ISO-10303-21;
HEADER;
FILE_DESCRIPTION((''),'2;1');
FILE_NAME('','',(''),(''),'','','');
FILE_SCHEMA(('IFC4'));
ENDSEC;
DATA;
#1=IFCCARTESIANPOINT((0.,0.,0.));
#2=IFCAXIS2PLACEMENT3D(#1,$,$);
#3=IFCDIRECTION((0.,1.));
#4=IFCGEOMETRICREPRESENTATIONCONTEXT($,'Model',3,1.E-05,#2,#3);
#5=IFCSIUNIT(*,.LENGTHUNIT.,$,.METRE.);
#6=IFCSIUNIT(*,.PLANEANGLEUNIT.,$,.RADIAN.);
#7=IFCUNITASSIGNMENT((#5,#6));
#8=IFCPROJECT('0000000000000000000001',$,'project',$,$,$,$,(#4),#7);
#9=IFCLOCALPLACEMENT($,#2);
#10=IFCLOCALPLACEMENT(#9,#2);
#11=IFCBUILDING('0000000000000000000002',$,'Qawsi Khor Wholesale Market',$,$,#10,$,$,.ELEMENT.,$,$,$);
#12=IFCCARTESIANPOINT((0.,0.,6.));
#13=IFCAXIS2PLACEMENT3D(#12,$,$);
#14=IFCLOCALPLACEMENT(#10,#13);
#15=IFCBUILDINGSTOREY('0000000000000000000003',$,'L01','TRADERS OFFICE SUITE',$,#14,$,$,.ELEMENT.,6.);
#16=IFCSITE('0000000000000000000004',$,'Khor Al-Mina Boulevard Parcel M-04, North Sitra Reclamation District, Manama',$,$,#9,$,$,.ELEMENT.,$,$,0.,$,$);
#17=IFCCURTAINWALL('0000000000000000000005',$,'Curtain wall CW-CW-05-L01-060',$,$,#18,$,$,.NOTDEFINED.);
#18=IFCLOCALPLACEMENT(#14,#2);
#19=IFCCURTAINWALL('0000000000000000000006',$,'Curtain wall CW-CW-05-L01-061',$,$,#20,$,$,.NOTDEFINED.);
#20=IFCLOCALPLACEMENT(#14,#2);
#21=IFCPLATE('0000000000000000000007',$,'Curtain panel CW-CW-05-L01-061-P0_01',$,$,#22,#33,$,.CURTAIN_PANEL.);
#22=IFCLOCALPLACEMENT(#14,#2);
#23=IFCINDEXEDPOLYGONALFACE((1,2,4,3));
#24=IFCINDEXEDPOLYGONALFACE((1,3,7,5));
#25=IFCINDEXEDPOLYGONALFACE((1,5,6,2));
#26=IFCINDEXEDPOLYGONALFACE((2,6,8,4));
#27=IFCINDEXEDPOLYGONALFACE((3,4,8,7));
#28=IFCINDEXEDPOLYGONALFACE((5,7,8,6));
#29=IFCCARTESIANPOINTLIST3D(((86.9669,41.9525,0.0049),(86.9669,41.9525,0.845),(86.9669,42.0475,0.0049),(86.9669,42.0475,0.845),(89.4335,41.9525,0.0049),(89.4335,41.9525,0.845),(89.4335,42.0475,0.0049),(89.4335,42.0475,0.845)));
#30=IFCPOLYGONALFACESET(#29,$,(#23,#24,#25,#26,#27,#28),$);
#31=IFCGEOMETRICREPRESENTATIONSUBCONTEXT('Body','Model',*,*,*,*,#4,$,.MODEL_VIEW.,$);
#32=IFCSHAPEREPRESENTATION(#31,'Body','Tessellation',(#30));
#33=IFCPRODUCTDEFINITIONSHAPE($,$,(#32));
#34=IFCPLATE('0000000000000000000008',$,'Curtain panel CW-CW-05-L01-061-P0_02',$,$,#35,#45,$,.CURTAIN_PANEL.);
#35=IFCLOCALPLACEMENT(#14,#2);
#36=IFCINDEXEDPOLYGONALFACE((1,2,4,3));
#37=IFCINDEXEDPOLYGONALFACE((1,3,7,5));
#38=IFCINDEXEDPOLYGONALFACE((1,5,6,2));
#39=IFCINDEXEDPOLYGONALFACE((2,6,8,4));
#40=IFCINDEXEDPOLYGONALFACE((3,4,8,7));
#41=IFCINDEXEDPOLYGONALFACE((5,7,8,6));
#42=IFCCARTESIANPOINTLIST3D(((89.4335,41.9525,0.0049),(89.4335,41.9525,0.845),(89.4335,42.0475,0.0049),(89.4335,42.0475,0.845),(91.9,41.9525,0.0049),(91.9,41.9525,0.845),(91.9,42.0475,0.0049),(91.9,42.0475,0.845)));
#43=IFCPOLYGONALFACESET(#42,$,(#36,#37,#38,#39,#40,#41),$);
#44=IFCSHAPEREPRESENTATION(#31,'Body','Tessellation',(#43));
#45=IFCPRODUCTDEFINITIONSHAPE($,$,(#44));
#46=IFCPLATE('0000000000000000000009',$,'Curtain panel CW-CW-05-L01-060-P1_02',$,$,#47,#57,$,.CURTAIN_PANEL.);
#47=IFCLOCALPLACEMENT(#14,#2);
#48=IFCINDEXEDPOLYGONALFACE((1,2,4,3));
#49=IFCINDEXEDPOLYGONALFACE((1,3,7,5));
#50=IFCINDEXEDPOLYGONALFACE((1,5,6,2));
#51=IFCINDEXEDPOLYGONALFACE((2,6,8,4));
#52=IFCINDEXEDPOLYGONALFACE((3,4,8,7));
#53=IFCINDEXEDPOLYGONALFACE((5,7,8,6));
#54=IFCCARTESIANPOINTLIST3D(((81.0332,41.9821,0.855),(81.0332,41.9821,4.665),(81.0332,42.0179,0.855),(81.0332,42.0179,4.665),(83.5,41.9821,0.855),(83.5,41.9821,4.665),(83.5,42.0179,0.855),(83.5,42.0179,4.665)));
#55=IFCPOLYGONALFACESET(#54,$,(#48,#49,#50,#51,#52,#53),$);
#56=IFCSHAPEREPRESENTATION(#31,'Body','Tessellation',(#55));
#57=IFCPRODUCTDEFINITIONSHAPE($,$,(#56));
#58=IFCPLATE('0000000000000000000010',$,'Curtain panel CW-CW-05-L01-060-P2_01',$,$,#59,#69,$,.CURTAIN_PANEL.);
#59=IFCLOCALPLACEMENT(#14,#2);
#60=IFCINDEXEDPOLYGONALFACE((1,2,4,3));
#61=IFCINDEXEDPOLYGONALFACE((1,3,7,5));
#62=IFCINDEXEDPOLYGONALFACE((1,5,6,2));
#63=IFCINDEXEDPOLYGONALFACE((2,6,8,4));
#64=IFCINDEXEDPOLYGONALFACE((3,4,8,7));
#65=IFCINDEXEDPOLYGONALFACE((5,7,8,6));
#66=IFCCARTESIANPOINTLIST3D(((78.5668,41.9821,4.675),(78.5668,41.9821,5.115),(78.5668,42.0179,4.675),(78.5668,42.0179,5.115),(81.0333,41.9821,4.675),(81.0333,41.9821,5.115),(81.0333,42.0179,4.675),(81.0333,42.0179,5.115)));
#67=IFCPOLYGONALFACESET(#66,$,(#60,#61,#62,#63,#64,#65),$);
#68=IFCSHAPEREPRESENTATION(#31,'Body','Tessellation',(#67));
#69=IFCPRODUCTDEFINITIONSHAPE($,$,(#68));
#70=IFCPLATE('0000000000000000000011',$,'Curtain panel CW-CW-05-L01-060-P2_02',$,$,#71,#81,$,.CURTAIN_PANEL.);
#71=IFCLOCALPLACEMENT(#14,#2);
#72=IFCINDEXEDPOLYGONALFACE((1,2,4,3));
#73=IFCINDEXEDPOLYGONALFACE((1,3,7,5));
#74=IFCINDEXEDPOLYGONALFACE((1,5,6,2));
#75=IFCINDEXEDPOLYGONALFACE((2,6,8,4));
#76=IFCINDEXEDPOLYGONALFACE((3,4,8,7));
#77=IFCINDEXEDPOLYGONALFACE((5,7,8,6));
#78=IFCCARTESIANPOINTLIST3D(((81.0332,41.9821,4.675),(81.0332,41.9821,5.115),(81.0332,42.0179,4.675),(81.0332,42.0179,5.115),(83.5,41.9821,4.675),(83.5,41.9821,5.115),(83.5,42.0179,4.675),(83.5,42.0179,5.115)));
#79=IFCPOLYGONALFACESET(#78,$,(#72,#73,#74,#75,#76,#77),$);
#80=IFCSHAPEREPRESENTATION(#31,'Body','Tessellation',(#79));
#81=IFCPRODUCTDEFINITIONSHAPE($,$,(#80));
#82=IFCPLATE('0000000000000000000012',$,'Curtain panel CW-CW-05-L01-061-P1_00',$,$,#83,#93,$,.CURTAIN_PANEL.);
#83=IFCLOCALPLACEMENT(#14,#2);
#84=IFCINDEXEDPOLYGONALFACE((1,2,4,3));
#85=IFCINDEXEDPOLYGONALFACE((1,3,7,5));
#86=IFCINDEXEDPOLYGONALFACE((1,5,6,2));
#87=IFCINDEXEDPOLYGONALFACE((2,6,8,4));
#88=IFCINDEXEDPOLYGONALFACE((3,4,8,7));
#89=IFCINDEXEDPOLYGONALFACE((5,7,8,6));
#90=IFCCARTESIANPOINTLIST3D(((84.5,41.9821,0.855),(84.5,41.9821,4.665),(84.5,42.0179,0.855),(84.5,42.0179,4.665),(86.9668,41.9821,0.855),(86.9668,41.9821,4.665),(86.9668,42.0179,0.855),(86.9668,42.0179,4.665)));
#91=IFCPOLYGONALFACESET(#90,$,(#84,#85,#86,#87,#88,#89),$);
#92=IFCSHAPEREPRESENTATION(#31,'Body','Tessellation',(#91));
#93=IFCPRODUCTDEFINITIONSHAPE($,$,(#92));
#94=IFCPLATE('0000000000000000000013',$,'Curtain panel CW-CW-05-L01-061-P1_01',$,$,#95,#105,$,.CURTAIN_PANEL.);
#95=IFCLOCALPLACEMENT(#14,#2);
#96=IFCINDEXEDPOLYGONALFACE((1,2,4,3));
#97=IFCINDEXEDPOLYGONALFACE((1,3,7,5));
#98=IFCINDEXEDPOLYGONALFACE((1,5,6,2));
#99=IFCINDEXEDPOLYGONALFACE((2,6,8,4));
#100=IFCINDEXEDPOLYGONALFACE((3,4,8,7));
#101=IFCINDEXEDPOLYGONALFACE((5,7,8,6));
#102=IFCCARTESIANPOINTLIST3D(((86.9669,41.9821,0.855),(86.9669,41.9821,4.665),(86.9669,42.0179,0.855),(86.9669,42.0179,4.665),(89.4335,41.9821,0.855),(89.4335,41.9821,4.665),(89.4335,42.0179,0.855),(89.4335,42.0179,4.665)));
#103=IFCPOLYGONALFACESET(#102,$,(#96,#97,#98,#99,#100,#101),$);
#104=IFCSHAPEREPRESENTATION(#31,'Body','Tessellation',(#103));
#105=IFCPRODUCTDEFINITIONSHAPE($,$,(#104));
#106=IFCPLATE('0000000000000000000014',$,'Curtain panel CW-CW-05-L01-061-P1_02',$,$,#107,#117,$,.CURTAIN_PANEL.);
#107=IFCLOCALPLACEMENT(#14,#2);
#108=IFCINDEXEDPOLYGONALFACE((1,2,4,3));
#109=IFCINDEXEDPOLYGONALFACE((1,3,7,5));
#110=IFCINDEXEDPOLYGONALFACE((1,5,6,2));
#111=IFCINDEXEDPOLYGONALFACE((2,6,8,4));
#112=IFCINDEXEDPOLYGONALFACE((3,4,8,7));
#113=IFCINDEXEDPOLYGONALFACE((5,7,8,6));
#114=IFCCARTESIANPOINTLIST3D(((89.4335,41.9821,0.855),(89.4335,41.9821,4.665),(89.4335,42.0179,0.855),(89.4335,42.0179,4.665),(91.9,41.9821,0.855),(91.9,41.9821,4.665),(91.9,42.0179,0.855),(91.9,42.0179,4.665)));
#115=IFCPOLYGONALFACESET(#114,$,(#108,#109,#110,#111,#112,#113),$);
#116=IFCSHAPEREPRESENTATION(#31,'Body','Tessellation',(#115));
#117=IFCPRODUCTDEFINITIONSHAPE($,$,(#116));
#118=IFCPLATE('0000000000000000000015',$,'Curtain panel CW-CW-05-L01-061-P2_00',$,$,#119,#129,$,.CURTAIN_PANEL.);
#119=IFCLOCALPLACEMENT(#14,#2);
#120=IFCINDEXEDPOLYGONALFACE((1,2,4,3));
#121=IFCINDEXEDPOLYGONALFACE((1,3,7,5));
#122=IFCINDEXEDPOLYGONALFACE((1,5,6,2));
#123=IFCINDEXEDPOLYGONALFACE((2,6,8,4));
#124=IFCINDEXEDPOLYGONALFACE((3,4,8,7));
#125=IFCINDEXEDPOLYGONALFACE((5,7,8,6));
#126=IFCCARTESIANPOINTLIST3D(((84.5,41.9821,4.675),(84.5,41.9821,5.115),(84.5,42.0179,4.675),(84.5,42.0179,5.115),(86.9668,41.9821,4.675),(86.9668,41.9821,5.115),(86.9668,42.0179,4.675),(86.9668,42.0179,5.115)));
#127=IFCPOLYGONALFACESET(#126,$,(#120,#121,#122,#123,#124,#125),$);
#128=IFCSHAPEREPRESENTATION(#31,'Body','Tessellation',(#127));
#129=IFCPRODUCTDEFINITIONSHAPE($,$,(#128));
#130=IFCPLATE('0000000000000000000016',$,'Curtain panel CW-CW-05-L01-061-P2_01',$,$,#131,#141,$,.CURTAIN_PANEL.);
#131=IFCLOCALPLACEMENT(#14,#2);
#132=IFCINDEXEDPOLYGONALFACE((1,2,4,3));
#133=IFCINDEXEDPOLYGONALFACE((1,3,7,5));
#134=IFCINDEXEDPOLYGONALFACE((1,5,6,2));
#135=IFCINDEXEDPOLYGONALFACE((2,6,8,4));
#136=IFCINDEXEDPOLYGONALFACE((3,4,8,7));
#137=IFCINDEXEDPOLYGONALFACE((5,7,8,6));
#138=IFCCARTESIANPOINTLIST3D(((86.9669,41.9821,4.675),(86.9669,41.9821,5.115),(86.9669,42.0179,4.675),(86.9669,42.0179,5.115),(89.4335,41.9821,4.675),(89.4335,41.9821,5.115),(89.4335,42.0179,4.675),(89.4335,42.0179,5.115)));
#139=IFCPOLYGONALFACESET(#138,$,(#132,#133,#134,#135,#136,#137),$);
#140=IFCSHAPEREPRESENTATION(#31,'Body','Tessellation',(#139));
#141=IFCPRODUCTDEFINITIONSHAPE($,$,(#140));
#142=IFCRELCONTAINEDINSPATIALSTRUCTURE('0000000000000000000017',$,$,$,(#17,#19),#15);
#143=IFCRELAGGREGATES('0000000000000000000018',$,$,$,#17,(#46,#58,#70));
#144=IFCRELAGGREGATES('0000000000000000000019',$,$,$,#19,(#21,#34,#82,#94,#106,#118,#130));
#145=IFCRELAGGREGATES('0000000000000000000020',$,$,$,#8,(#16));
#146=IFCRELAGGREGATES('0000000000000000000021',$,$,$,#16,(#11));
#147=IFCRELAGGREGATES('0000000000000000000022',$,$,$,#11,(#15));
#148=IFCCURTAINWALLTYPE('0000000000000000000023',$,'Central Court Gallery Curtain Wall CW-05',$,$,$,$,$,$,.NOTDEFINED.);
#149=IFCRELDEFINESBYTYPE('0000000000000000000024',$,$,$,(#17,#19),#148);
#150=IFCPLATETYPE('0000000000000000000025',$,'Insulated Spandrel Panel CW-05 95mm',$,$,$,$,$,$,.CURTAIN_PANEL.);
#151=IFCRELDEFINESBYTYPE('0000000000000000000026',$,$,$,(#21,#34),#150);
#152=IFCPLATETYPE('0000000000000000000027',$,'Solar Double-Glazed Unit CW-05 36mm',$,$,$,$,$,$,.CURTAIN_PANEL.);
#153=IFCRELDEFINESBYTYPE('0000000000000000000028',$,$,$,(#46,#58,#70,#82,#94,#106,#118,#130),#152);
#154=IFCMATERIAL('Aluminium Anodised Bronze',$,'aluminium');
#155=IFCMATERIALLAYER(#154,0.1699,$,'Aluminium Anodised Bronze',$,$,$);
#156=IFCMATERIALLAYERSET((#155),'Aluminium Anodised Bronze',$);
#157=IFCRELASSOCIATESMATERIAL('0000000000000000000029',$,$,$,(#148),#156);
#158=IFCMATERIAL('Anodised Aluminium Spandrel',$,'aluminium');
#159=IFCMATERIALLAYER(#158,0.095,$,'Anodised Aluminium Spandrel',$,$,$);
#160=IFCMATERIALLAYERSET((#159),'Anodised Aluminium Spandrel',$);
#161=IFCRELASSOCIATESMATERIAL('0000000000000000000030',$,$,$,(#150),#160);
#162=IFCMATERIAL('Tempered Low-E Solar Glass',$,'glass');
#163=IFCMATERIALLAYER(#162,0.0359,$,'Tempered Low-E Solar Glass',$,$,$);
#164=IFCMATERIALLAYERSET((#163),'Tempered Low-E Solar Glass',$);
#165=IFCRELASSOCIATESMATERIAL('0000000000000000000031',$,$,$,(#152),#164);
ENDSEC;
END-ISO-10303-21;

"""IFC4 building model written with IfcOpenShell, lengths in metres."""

from ifc_helpers import new_model, si_unit, direction, frame, frame_2d, origin, place, context, subcontext, project, spatial, rectangle, extrude, material, layer, layer_set, type_object, element, aggregate, save


model = new_model("IFC4")

# Units and contexts
model_context = context("Model", 3, precision=1e-05, world=origin(), true_north=direction((0.0, 1.0)))
body_context = subcontext(model_context, "Body", "Model", "MODEL_VIEW")
ifc_project = project(units=[si_unit("LENGTHUNIT", "METRE"), si_unit("PLANEANGLEUNIT", "RADIAN")], contexts=[model_context])

# Site, building, storey
site_placement = place(None, origin())
site = spatial("IfcSite", under=ifc_project, at=site_placement, Name="Khor Al-Mina Boulevard Parcel M-04, North Sitra Reclamation District, Manama", CompositionType="ELEMENT", RefElevation=0.0)
building_placement = place(site_placement, origin())
building = spatial("IfcBuilding", under=site, at=building_placement, Name="Qawsi Khor Wholesale Market", CompositionType="ELEMENT")
storey_placement = place(building_placement, frame((0.0, 0.0, 6.0)))
storey = spatial("IfcBuildingStorey", under=building, at=storey_placement, Name="L01", Description="TRADERS OFFICE SUITE", CompositionType="ELEMENT", Elevation=6.0)

# Curtain walls
ifc_material_1 = material(Name="Aluminium Anodised Bronze", Category="aluminium")
ifc_layer_1 = layer(ifc_material_1, 0.1699, Name="Aluminium Anodised Bronze")
ifc_layer_set_1 = layer_set([ifc_layer_1], Name="Aluminium Anodised Bronze")
curtain_wall_type = type_object("IfcCurtainWallType", Name="Central Court Gallery Curtain Wall CW-05", PredefinedType="NOTDEFINED", material=ifc_layer_set_1)
curtain_wall_1_placement = place(storey_placement, origin())
curtain_wall_1 = element("IfcCurtainWall", 1, at=curtain_wall_1_placement, inside=storey, type_object=curtain_wall_type, Name="Curtain wall CW-CW-05-L01-060", PredefinedType="NOTDEFINED")
curtain_wall_2_placement = place(storey_placement, origin())
curtain_wall_2 = element("IfcCurtainWall", 2, at=curtain_wall_2_placement, inside=storey, type_object=curtain_wall_type, Name="Curtain wall CW-CW-05-L01-061", PredefinedType="NOTDEFINED")

# Plates
ifc_material_2 = material(Name="Anodised Aluminium Spandrel", Category="aluminium")
ifc_layer_2 = layer(ifc_material_2, 0.095, Name="Anodised Aluminium Spandrel")
ifc_layer_set_2 = layer_set([ifc_layer_2], Name="Anodised Aluminium Spandrel")
plate_type_1 = type_object("IfcPlateType", Name="Insulated Spandrel Panel CW-05 95mm", PredefinedType="CURTAIN_PANEL", material=ifc_layer_set_2)
plate_1_placement = place(storey_placement, frame((86.9668, 42.0, 0.0049), z_axis=(0.0, 0.0, 1.0), x_axis=(1.0, 0.0, 0.0)))
plate_1 = element("IfcPlate", 3, at=plate_1_placement, type_object=plate_type_1, Name="Curtain panel CW-CW-05-L01-061-P0_01", PredefinedType="CURTAIN_PANEL", context=body_context, shape_type="SweptSolid", body=[
    extrude(rectangle(XDim=2.4666, YDim=0.095, at=frame_2d((1.2334, 0.0))), origin(), (0.0, 0.0, 1.0), 0.8401),
])
plate_2_placement = place(storey_placement, frame((89.4333, 42.0, 0.0049), z_axis=(0.0, 0.0, 1.0), x_axis=(1.0, 0.0, 0.0)))
plate_2 = element("IfcPlate", 4, at=plate_2_placement, type_object=plate_type_1, Name="Curtain panel CW-CW-05-L01-061-P0_02", PredefinedType="CURTAIN_PANEL", context=body_context, shape_type="SweptSolid", body=[
    extrude(rectangle(XDim=2.4666, YDim=0.095, at=frame_2d((1.2334, 0.0))), origin(), (0.0, 0.0, 1.0), 0.8401),
])
ifc_material_3 = material(Name="Tempered Low-E Solar Glass", Category="glass")
ifc_layer_3 = layer(ifc_material_3, 0.0359, Name="Tempered Low-E Solar Glass")
ifc_layer_set_3 = layer_set([ifc_layer_3], Name="Tempered Low-E Solar Glass")
plate_type_2 = type_object("IfcPlateType", Name="Solar Double-Glazed Unit CW-05 36mm", PredefinedType="CURTAIN_PANEL", material=ifc_layer_set_3)
plate_3_placement = place(storey_placement, frame((81.0332, 42.0, 0.855), z_axis=(0.0, 0.0, 1.0), x_axis=(1.0, 0.0, 0.0)))
plate_3 = element("IfcPlate", 5, at=plate_3_placement, type_object=plate_type_2, Name="Curtain panel CW-CW-05-L01-060-P1_02", PredefinedType="CURTAIN_PANEL", context=body_context, shape_type="SweptSolid", body=[
    extrude(rectangle(XDim=2.4668, YDim=0.0359, at=frame_2d((1.2334, 0.0))), origin(), (0.0, 0.0, 1.0), 3.8101),
])
plate_4_placement = place(storey_placement, frame((78.5667, 42.0, 4.675), z_axis=(0.0, 0.0, 1.0), x_axis=(1.0, 0.0, 0.0)))
plate_4 = element("IfcPlate", 6, at=plate_4_placement, type_object=plate_type_2, Name="Curtain panel CW-CW-05-L01-060-P2_01", PredefinedType="CURTAIN_PANEL", context=body_context, shape_type="SweptSolid", body=[
    extrude(rectangle(XDim=2.4666, YDim=0.0359, at=frame_2d((1.2334, 0.0))), origin(), (0.0, 0.0, 1.0), 0.4399),
])
plate_5_placement = place(storey_placement, frame((81.0332, 42.0, 4.675), z_axis=(0.0, 0.0, 1.0), x_axis=(1.0, 0.0, 0.0)))
plate_5 = element("IfcPlate", 7, at=plate_5_placement, type_object=plate_type_2, Name="Curtain panel CW-CW-05-L01-060-P2_02", PredefinedType="CURTAIN_PANEL", context=body_context, shape_type="SweptSolid", body=[
    extrude(rectangle(XDim=2.4668, YDim=0.0359, at=frame_2d((1.2334, 0.0))), origin(), (0.0, 0.0, 1.0), 0.4399),
])
aggregate(curtain_wall_1, [plate_3, plate_4, plate_5])
plate_6_placement = place(storey_placement, frame((84.5, 42.0, 0.855), z_axis=(0.0, 0.0, 1.0), x_axis=(1.0, 0.0, 0.0)))
plate_6 = element("IfcPlate", 8, at=plate_6_placement, type_object=plate_type_2, Name="Curtain panel CW-CW-05-L01-061-P1_00", PredefinedType="CURTAIN_PANEL", context=body_context, shape_type="SweptSolid", body=[
    extrude(rectangle(XDim=2.4668, YDim=0.0359, at=frame_2d((1.2334, 0.0))), origin(), (0.0, 0.0, 1.0), 3.8101),
])
plate_7_placement = place(storey_placement, frame((86.9668, 42.0, 0.855), z_axis=(0.0, 0.0, 1.0), x_axis=(1.0, 0.0, 0.0)))
plate_7 = element("IfcPlate", 9, at=plate_7_placement, type_object=plate_type_2, Name="Curtain panel CW-CW-05-L01-061-P1_01", PredefinedType="CURTAIN_PANEL", context=body_context, shape_type="SweptSolid", body=[
    extrude(rectangle(XDim=2.4666, YDim=0.0359, at=frame_2d((1.2334, 0.0))), origin(), (0.0, 0.0, 1.0), 3.8101),
])
plate_8_placement = place(storey_placement, frame((89.4333, 42.0, 0.855), z_axis=(0.0, 0.0, 1.0), x_axis=(1.0, 0.0, 0.0)))
plate_8 = element("IfcPlate", 10, at=plate_8_placement, type_object=plate_type_2, Name="Curtain panel CW-CW-05-L01-061-P1_02", PredefinedType="CURTAIN_PANEL", context=body_context, shape_type="SweptSolid", body=[
    extrude(rectangle(XDim=2.4666, YDim=0.0359, at=frame_2d((1.2334, 0.0))), origin(), (0.0, 0.0, 1.0), 3.8101),
])
plate_9_placement = place(storey_placement, frame((84.5, 42.0, 4.675), z_axis=(0.0, 0.0, 1.0), x_axis=(1.0, 0.0, 0.0)))
plate_9 = element("IfcPlate", 11, at=plate_9_placement, type_object=plate_type_2, Name="Curtain panel CW-CW-05-L01-061-P2_00", PredefinedType="CURTAIN_PANEL", context=body_context, shape_type="SweptSolid", body=[
    extrude(rectangle(XDim=2.4668, YDim=0.0359, at=frame_2d((1.2334, 0.0))), origin(), (0.0, 0.0, 1.0), 0.4399),
])
plate_10_placement = place(storey_placement, frame((86.9668, 42.0, 4.675), z_axis=(0.0, 0.0, 1.0), x_axis=(1.0, 0.0, 0.0)))
plate_10 = element("IfcPlate", 12, at=plate_10_placement, type_object=plate_type_2, Name="Curtain panel CW-CW-05-L01-061-P2_01", PredefinedType="CURTAIN_PANEL", context=body_context, shape_type="SweptSolid", body=[
    extrude(rectangle(XDim=2.4666, YDim=0.0359, at=frame_2d((1.2334, 0.0))), origin(), (0.0, 0.0, 1.0), 0.4399),
])
aggregate(curtain_wall_2, [plate_1, plate_2, plate_6, plate_7, plate_8, plate_9, plate_10])

save(model, "model.ifc")
